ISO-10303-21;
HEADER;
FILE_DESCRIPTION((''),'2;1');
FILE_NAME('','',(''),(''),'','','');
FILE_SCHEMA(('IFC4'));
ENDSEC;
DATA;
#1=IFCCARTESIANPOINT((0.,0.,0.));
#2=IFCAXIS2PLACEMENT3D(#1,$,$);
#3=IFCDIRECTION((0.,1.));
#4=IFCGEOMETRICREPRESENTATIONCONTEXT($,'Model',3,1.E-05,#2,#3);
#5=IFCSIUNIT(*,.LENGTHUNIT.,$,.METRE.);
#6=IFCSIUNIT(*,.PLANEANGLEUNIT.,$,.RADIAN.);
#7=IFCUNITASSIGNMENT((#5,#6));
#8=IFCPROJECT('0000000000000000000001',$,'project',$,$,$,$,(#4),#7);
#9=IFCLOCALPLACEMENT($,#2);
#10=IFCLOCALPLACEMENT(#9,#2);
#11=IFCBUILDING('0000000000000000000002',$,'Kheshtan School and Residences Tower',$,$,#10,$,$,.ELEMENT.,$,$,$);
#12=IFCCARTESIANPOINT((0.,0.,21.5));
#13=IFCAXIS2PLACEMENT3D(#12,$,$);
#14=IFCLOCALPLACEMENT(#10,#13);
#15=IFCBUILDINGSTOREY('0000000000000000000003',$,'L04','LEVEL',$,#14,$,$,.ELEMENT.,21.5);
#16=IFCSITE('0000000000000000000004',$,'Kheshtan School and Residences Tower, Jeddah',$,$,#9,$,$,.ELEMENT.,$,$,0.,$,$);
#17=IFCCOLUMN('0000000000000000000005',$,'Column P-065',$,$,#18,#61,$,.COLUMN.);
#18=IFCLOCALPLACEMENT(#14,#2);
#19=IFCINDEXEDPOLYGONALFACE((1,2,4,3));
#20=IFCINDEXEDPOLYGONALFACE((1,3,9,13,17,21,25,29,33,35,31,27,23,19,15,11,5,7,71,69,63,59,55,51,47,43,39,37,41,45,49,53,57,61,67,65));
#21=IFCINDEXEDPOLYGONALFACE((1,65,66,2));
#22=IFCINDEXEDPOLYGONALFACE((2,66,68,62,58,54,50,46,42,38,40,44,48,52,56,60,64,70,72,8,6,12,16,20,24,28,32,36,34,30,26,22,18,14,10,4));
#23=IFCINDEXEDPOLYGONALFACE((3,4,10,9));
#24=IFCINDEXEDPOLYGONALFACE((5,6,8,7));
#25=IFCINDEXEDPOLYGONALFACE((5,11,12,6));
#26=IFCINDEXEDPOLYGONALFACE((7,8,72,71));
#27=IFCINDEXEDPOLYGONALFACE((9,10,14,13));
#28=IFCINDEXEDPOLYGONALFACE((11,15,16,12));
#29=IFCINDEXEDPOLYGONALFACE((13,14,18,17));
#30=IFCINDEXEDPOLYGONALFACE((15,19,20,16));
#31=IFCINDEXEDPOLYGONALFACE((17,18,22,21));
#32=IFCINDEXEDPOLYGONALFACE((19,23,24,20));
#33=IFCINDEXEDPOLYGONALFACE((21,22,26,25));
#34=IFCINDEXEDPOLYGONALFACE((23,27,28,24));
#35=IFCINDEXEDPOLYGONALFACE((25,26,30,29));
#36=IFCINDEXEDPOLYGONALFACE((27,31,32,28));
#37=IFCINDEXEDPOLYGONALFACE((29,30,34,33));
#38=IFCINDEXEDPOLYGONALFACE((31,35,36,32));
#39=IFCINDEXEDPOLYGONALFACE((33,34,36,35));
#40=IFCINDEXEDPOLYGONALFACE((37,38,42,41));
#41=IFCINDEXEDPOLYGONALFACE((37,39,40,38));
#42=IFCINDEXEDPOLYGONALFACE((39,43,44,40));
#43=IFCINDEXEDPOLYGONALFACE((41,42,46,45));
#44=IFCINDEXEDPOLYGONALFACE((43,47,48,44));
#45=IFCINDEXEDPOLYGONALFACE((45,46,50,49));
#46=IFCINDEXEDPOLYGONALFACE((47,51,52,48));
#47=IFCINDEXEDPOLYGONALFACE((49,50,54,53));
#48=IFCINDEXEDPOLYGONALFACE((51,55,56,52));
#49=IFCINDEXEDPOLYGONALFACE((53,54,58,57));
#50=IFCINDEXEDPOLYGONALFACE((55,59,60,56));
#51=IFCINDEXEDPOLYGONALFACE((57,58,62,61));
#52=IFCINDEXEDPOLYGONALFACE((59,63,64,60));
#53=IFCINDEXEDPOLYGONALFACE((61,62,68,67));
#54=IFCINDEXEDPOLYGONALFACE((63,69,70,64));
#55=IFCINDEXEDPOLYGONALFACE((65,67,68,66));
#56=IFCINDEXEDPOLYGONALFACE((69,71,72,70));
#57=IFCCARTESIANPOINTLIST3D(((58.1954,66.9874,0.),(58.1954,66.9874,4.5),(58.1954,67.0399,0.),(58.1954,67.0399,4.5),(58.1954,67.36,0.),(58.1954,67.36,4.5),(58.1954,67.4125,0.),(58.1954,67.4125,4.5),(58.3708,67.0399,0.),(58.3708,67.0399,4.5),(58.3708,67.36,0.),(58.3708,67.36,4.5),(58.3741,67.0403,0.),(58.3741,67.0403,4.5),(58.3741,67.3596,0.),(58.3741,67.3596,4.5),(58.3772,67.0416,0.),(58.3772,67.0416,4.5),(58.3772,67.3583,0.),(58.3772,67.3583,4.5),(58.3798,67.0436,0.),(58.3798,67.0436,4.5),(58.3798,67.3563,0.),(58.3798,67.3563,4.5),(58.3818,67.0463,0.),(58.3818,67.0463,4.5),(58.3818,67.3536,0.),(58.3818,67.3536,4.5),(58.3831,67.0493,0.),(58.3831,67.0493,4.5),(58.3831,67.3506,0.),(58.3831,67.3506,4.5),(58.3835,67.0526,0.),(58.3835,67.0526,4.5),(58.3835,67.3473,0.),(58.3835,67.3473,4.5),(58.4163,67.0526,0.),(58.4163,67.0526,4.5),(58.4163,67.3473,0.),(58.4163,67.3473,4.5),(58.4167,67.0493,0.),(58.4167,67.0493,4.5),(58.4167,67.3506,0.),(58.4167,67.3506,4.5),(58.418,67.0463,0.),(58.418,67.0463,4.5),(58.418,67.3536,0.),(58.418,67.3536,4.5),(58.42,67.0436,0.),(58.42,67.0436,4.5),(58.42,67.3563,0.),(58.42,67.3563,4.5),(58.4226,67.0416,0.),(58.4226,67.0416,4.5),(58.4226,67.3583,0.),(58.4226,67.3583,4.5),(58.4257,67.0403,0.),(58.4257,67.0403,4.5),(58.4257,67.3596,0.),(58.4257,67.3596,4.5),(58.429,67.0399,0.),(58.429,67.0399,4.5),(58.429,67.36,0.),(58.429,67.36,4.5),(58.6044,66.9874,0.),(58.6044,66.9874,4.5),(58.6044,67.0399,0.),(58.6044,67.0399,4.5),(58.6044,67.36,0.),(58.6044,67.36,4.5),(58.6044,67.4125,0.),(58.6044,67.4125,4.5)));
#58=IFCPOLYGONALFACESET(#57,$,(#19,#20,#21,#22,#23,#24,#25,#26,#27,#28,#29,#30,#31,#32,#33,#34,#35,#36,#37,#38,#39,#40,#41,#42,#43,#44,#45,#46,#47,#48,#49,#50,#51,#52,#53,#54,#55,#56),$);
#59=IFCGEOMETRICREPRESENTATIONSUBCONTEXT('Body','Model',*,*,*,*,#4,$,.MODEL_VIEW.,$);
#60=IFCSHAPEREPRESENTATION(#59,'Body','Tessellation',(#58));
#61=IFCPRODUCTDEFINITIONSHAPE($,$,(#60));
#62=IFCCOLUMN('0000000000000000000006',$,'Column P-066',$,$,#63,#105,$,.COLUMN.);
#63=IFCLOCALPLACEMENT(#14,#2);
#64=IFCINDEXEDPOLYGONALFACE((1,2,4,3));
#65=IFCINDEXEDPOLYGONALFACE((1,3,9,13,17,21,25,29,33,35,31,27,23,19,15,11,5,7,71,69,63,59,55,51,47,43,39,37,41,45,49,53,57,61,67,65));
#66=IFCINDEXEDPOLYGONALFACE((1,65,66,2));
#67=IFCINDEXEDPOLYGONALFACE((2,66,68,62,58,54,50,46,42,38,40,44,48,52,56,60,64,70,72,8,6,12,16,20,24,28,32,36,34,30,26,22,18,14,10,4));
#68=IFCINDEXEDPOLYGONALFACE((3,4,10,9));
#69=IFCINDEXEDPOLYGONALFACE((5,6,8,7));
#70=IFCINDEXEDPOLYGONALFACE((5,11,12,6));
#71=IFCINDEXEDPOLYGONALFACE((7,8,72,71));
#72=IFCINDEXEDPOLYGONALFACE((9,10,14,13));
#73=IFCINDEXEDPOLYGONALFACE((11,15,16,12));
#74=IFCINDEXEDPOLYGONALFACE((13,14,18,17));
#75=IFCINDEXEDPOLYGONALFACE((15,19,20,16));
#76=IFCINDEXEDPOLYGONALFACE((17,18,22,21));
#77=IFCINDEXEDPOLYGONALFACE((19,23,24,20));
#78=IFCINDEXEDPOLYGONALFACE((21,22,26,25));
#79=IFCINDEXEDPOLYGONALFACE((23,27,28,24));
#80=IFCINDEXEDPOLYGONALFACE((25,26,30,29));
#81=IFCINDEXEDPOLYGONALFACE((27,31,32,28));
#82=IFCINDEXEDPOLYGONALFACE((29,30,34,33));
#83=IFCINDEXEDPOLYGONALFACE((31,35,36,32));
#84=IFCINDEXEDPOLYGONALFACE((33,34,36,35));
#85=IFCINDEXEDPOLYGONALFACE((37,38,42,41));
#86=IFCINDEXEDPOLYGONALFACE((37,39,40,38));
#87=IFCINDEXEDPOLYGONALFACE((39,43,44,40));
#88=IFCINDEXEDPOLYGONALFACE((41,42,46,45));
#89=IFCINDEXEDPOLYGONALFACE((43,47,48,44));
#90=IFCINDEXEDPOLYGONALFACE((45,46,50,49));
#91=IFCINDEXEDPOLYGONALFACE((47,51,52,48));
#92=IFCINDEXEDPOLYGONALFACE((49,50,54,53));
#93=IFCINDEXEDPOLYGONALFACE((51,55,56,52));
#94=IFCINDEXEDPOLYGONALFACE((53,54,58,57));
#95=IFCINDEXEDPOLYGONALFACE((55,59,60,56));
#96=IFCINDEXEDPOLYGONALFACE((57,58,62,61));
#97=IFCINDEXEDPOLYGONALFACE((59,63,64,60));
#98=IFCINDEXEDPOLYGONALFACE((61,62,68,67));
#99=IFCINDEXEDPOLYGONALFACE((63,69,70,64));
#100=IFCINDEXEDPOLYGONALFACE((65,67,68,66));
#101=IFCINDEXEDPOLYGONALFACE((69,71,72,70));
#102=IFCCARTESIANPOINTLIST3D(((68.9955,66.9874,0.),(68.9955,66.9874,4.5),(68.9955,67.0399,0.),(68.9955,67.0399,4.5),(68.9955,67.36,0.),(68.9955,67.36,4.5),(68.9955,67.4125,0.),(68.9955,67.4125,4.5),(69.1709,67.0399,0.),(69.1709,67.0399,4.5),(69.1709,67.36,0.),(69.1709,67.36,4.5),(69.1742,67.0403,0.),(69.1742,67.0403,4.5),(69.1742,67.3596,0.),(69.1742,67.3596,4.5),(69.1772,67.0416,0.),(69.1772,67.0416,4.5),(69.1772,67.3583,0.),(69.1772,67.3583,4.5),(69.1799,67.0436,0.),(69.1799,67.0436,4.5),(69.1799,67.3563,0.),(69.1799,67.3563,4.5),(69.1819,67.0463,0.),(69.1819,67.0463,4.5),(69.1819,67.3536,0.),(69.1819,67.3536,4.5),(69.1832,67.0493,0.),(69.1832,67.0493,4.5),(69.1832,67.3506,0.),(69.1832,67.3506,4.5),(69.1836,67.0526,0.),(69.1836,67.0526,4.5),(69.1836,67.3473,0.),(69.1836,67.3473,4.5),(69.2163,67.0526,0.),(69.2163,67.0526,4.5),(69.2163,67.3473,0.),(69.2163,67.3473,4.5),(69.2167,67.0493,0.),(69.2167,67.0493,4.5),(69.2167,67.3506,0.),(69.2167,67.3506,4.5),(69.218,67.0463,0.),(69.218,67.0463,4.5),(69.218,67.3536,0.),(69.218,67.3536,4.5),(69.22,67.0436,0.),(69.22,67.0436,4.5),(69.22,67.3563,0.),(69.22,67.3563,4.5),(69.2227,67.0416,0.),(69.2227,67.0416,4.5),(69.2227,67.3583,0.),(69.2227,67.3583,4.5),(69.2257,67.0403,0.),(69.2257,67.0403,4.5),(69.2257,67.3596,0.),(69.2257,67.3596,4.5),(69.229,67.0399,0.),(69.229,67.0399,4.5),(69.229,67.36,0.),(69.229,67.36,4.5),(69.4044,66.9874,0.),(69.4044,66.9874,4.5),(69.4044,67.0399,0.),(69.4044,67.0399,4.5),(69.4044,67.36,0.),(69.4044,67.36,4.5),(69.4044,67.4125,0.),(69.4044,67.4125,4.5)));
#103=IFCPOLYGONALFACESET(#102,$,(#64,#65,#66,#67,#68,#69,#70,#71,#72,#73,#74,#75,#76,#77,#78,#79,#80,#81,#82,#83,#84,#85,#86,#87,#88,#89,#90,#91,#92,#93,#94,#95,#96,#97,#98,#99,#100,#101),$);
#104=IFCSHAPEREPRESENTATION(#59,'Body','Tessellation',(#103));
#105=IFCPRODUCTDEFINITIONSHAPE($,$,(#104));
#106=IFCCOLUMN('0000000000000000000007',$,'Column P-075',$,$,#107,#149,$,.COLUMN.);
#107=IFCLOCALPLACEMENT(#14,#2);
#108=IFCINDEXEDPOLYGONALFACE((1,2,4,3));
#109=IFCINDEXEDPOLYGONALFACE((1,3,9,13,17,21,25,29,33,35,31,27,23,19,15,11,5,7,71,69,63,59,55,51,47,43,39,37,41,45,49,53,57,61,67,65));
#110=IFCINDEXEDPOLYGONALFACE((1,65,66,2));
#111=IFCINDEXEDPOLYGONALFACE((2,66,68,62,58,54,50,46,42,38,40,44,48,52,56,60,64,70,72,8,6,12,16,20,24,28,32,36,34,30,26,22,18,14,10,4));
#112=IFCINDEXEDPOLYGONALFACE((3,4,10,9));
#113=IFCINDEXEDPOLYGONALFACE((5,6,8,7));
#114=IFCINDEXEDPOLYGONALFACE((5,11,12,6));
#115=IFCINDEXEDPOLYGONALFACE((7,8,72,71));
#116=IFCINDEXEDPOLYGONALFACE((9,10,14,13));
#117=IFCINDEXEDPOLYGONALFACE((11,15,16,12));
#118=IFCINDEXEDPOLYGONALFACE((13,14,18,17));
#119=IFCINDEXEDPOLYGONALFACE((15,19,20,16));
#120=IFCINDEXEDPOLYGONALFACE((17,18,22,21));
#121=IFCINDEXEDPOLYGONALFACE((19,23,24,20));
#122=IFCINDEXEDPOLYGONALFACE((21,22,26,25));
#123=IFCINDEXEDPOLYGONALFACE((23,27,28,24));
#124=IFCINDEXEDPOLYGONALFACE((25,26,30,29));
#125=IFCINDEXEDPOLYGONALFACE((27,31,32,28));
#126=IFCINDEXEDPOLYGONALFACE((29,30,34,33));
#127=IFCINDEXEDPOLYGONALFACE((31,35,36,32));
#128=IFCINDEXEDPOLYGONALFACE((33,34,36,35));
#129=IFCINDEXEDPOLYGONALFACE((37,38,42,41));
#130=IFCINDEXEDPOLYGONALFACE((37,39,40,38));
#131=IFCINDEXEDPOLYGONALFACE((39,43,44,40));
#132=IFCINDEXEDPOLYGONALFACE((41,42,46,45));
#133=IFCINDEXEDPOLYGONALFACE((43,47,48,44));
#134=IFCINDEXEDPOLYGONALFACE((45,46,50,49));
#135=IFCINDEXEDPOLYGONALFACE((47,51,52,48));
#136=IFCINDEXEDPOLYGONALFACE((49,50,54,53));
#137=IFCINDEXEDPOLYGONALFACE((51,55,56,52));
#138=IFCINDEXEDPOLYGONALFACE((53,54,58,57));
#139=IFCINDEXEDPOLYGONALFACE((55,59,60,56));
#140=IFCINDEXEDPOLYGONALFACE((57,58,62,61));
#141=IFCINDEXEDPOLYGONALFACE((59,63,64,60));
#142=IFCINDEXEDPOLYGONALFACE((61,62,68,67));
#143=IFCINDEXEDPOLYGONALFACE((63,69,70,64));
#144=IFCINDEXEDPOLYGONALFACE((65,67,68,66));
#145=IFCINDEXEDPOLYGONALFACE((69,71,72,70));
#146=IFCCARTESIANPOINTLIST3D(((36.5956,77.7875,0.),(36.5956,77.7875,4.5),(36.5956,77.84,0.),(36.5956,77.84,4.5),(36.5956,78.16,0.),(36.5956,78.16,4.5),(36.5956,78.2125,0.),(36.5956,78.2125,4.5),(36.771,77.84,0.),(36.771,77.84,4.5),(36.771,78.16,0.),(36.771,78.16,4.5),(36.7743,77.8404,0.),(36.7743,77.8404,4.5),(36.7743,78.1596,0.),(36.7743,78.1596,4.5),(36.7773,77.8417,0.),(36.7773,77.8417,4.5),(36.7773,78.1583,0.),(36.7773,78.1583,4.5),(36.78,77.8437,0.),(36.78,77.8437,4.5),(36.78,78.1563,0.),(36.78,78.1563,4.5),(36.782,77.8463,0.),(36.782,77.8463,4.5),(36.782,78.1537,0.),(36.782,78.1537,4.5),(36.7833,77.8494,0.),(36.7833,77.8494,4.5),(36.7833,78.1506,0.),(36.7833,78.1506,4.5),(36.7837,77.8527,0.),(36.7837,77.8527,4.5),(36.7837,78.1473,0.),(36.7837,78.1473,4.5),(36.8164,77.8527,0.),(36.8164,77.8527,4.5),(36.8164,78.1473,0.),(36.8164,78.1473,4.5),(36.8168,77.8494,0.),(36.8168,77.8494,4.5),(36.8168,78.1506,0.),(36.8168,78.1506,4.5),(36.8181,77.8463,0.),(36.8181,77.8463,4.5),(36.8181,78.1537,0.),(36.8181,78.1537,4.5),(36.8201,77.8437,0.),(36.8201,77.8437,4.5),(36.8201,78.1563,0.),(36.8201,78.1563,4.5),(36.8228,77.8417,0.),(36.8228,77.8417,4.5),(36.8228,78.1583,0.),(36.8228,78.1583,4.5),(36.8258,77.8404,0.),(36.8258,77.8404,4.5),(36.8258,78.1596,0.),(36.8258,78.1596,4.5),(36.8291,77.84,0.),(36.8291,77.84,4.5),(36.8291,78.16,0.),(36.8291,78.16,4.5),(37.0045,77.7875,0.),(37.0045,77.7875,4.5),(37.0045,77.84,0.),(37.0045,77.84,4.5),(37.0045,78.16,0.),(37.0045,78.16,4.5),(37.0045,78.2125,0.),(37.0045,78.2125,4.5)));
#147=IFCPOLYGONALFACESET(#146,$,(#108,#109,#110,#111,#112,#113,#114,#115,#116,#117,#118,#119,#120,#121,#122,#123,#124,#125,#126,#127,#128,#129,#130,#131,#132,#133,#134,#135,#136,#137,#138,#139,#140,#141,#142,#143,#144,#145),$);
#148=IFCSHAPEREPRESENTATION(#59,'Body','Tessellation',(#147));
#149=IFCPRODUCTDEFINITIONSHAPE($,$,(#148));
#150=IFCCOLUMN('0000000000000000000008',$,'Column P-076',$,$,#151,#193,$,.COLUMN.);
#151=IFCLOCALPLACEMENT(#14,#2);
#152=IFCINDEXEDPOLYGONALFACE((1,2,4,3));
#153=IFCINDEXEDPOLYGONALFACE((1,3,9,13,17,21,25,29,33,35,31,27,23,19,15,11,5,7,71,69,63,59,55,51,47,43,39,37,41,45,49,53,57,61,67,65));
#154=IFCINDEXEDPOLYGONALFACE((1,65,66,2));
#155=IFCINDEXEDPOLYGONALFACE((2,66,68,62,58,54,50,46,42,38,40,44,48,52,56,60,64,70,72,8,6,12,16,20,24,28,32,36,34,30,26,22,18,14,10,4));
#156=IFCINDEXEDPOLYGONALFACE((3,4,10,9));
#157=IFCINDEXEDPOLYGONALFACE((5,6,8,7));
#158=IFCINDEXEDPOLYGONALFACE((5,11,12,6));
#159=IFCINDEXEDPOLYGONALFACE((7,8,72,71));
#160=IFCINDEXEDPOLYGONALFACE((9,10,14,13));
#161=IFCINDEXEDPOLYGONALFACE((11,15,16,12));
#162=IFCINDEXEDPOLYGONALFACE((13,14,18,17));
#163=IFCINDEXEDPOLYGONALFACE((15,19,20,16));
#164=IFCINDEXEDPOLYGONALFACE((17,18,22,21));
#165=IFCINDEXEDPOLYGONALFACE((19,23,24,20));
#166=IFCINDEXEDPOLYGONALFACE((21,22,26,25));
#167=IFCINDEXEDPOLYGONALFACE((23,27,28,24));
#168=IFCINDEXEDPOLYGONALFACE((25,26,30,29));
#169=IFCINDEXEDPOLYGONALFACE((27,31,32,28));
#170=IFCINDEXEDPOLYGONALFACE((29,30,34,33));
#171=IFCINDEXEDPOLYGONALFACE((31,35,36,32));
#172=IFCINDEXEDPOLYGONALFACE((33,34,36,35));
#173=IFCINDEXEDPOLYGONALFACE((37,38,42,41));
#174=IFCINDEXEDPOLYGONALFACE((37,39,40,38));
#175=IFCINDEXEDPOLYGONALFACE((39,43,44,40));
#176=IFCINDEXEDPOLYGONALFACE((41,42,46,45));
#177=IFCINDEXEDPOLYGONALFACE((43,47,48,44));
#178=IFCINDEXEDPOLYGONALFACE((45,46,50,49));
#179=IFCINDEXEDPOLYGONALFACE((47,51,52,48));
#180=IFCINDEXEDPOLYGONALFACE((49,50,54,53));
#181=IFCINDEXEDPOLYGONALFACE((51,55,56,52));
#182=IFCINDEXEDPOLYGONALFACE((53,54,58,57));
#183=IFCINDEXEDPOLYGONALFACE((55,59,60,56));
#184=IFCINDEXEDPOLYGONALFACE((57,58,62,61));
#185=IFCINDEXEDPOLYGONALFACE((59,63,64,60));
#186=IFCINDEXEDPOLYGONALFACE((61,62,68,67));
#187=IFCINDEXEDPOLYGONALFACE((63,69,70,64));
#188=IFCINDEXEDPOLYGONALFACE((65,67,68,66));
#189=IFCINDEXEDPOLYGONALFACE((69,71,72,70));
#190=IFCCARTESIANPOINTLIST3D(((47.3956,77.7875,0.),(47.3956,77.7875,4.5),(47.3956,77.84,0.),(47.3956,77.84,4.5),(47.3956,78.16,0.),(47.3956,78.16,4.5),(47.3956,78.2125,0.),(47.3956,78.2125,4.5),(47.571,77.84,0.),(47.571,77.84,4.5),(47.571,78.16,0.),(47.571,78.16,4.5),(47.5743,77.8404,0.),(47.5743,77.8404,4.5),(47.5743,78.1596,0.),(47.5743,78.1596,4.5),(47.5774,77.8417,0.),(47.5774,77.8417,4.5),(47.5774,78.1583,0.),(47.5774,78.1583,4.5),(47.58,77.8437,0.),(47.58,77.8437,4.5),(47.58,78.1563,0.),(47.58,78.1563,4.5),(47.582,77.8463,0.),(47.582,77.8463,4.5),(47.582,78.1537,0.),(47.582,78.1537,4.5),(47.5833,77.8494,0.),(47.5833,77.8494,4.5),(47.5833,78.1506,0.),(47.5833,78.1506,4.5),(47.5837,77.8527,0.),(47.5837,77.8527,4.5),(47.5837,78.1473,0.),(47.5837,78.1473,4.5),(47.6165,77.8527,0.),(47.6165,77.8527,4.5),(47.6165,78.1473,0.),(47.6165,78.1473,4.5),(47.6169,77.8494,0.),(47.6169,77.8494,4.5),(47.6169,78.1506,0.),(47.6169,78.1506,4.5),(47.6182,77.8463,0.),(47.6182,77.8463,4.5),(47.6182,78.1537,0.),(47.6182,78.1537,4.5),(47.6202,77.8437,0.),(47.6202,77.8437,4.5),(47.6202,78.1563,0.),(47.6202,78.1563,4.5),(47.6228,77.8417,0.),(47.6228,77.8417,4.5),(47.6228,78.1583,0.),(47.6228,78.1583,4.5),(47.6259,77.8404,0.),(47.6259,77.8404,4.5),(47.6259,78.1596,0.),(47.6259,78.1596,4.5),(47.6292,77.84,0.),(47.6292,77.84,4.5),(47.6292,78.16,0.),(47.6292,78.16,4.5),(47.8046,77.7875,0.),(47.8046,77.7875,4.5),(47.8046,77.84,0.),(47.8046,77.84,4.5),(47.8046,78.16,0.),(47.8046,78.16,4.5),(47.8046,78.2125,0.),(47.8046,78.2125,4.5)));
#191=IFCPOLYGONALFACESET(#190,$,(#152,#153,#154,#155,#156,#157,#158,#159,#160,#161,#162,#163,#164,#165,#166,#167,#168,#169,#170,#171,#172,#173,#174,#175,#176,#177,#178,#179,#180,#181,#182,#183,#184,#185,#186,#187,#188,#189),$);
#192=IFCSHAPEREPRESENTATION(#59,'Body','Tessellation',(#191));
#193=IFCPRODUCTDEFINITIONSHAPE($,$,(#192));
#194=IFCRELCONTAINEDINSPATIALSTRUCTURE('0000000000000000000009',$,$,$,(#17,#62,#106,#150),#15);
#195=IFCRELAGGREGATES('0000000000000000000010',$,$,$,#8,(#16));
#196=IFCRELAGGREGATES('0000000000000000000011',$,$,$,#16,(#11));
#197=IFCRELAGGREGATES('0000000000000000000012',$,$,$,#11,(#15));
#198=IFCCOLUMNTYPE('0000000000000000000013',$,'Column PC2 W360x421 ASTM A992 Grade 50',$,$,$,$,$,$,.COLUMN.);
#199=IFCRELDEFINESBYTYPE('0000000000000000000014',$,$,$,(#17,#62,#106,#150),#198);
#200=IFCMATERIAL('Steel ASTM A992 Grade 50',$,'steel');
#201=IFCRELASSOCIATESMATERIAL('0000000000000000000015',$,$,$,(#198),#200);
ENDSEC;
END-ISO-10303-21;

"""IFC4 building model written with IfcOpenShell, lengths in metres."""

from ifc_helpers import new_model, si_unit, direction, frame, origin, origin_2d, place, context, subcontext, project, spatial, i_section, extrude, material, material_profile, profile_set, type_object, element, save


model = new_model("IFC4")

# Units and contexts
model_context = context("Model", 3, precision=1e-05, world=origin(), true_north=direction((0.0, 1.0)))
body_context = subcontext(model_context, "Body", "Model", "MODEL_VIEW")
ifc_project = project(units=[si_unit("LENGTHUNIT", "METRE"), si_unit("PLANEANGLEUNIT", "RADIAN")], contexts=[model_context])

# Site, building, storey
site_placement = place(None, origin())
site = spatial("IfcSite", under=ifc_project, at=site_placement, Name="Kheshtan School and Residences Tower, Jeddah", CompositionType="ELEMENT", RefElevation=0.0)
building_placement = place(site_placement, origin())
building = spatial("IfcBuilding", under=site, at=building_placement, Name="Kheshtan School and Residences Tower", CompositionType="ELEMENT")
storey_placement = place(building_placement, frame((0.0, 0.0, 21.5)))
storey = spatial("IfcBuildingStorey", under=building, at=storey_placement, Name="L04", Description="LEVEL", CompositionType="ELEMENT", Elevation=21.5)

# Columns
ifc_material_1 = material(Name="Steel ASTM A992 Grade 50", Category="steel")
ifc_material_profile_1 = material_profile(ifc_material_1, i_section(OverallWidth=0.4089, OverallDepth=0.425, WebThickness=0.0327, FlangeThickness=0.0525, FilletRadius=0.0127, at=origin_2d()), Name="W360x421")
ifc_profile_set_1 = profile_set([ifc_material_profile_1], Name="Steel ASTM A992 Grade 50")
column_type = type_object("IfcColumnType", Name="Column PC2 W360x421 ASTM A992 Grade 50", PredefinedType="COLUMN", material=ifc_profile_set_1)
for number, where, z_axis, x_axis, name in (
    (1, (58.3999, 67.2, 0.0), (0.0, 0.0, 1.0), (1.0, 0.0, 0.0), "Column P-065"),
    (2, (69.2, 67.2, 0.0), (0.0, 0.0, 1.0), (1.0, 0.0, 0.0), "Column P-066"),
    (3, (36.8, 78.0, 0.0), (0.0, 0.0, 1.0), (1.0, 0.0, 0.0), "Column P-075"),
    (4, (47.6001, 78.0, 0.0), (0.0, 0.0, 1.0), (1.0, 0.0, 0.0), "Column P-076"),
):
    element("IfcColumn", number, at=place(storey_placement, frame(where, z_axis=z_axis, x_axis=x_axis)), inside=storey, type_object=column_type, Name=name, PredefinedType="COLUMN", context=body_context, shape_type="SweptSolid", body=[
        extrude(i_section(OverallWidth=0.4089, OverallDepth=0.425, WebThickness=0.0327, FlangeThickness=0.0525, FilletRadius=0.0127, at=origin_2d()), origin(), (0.0, 0.0, 1.0), 4.5),
    ])

save(model, "model.ifc")
